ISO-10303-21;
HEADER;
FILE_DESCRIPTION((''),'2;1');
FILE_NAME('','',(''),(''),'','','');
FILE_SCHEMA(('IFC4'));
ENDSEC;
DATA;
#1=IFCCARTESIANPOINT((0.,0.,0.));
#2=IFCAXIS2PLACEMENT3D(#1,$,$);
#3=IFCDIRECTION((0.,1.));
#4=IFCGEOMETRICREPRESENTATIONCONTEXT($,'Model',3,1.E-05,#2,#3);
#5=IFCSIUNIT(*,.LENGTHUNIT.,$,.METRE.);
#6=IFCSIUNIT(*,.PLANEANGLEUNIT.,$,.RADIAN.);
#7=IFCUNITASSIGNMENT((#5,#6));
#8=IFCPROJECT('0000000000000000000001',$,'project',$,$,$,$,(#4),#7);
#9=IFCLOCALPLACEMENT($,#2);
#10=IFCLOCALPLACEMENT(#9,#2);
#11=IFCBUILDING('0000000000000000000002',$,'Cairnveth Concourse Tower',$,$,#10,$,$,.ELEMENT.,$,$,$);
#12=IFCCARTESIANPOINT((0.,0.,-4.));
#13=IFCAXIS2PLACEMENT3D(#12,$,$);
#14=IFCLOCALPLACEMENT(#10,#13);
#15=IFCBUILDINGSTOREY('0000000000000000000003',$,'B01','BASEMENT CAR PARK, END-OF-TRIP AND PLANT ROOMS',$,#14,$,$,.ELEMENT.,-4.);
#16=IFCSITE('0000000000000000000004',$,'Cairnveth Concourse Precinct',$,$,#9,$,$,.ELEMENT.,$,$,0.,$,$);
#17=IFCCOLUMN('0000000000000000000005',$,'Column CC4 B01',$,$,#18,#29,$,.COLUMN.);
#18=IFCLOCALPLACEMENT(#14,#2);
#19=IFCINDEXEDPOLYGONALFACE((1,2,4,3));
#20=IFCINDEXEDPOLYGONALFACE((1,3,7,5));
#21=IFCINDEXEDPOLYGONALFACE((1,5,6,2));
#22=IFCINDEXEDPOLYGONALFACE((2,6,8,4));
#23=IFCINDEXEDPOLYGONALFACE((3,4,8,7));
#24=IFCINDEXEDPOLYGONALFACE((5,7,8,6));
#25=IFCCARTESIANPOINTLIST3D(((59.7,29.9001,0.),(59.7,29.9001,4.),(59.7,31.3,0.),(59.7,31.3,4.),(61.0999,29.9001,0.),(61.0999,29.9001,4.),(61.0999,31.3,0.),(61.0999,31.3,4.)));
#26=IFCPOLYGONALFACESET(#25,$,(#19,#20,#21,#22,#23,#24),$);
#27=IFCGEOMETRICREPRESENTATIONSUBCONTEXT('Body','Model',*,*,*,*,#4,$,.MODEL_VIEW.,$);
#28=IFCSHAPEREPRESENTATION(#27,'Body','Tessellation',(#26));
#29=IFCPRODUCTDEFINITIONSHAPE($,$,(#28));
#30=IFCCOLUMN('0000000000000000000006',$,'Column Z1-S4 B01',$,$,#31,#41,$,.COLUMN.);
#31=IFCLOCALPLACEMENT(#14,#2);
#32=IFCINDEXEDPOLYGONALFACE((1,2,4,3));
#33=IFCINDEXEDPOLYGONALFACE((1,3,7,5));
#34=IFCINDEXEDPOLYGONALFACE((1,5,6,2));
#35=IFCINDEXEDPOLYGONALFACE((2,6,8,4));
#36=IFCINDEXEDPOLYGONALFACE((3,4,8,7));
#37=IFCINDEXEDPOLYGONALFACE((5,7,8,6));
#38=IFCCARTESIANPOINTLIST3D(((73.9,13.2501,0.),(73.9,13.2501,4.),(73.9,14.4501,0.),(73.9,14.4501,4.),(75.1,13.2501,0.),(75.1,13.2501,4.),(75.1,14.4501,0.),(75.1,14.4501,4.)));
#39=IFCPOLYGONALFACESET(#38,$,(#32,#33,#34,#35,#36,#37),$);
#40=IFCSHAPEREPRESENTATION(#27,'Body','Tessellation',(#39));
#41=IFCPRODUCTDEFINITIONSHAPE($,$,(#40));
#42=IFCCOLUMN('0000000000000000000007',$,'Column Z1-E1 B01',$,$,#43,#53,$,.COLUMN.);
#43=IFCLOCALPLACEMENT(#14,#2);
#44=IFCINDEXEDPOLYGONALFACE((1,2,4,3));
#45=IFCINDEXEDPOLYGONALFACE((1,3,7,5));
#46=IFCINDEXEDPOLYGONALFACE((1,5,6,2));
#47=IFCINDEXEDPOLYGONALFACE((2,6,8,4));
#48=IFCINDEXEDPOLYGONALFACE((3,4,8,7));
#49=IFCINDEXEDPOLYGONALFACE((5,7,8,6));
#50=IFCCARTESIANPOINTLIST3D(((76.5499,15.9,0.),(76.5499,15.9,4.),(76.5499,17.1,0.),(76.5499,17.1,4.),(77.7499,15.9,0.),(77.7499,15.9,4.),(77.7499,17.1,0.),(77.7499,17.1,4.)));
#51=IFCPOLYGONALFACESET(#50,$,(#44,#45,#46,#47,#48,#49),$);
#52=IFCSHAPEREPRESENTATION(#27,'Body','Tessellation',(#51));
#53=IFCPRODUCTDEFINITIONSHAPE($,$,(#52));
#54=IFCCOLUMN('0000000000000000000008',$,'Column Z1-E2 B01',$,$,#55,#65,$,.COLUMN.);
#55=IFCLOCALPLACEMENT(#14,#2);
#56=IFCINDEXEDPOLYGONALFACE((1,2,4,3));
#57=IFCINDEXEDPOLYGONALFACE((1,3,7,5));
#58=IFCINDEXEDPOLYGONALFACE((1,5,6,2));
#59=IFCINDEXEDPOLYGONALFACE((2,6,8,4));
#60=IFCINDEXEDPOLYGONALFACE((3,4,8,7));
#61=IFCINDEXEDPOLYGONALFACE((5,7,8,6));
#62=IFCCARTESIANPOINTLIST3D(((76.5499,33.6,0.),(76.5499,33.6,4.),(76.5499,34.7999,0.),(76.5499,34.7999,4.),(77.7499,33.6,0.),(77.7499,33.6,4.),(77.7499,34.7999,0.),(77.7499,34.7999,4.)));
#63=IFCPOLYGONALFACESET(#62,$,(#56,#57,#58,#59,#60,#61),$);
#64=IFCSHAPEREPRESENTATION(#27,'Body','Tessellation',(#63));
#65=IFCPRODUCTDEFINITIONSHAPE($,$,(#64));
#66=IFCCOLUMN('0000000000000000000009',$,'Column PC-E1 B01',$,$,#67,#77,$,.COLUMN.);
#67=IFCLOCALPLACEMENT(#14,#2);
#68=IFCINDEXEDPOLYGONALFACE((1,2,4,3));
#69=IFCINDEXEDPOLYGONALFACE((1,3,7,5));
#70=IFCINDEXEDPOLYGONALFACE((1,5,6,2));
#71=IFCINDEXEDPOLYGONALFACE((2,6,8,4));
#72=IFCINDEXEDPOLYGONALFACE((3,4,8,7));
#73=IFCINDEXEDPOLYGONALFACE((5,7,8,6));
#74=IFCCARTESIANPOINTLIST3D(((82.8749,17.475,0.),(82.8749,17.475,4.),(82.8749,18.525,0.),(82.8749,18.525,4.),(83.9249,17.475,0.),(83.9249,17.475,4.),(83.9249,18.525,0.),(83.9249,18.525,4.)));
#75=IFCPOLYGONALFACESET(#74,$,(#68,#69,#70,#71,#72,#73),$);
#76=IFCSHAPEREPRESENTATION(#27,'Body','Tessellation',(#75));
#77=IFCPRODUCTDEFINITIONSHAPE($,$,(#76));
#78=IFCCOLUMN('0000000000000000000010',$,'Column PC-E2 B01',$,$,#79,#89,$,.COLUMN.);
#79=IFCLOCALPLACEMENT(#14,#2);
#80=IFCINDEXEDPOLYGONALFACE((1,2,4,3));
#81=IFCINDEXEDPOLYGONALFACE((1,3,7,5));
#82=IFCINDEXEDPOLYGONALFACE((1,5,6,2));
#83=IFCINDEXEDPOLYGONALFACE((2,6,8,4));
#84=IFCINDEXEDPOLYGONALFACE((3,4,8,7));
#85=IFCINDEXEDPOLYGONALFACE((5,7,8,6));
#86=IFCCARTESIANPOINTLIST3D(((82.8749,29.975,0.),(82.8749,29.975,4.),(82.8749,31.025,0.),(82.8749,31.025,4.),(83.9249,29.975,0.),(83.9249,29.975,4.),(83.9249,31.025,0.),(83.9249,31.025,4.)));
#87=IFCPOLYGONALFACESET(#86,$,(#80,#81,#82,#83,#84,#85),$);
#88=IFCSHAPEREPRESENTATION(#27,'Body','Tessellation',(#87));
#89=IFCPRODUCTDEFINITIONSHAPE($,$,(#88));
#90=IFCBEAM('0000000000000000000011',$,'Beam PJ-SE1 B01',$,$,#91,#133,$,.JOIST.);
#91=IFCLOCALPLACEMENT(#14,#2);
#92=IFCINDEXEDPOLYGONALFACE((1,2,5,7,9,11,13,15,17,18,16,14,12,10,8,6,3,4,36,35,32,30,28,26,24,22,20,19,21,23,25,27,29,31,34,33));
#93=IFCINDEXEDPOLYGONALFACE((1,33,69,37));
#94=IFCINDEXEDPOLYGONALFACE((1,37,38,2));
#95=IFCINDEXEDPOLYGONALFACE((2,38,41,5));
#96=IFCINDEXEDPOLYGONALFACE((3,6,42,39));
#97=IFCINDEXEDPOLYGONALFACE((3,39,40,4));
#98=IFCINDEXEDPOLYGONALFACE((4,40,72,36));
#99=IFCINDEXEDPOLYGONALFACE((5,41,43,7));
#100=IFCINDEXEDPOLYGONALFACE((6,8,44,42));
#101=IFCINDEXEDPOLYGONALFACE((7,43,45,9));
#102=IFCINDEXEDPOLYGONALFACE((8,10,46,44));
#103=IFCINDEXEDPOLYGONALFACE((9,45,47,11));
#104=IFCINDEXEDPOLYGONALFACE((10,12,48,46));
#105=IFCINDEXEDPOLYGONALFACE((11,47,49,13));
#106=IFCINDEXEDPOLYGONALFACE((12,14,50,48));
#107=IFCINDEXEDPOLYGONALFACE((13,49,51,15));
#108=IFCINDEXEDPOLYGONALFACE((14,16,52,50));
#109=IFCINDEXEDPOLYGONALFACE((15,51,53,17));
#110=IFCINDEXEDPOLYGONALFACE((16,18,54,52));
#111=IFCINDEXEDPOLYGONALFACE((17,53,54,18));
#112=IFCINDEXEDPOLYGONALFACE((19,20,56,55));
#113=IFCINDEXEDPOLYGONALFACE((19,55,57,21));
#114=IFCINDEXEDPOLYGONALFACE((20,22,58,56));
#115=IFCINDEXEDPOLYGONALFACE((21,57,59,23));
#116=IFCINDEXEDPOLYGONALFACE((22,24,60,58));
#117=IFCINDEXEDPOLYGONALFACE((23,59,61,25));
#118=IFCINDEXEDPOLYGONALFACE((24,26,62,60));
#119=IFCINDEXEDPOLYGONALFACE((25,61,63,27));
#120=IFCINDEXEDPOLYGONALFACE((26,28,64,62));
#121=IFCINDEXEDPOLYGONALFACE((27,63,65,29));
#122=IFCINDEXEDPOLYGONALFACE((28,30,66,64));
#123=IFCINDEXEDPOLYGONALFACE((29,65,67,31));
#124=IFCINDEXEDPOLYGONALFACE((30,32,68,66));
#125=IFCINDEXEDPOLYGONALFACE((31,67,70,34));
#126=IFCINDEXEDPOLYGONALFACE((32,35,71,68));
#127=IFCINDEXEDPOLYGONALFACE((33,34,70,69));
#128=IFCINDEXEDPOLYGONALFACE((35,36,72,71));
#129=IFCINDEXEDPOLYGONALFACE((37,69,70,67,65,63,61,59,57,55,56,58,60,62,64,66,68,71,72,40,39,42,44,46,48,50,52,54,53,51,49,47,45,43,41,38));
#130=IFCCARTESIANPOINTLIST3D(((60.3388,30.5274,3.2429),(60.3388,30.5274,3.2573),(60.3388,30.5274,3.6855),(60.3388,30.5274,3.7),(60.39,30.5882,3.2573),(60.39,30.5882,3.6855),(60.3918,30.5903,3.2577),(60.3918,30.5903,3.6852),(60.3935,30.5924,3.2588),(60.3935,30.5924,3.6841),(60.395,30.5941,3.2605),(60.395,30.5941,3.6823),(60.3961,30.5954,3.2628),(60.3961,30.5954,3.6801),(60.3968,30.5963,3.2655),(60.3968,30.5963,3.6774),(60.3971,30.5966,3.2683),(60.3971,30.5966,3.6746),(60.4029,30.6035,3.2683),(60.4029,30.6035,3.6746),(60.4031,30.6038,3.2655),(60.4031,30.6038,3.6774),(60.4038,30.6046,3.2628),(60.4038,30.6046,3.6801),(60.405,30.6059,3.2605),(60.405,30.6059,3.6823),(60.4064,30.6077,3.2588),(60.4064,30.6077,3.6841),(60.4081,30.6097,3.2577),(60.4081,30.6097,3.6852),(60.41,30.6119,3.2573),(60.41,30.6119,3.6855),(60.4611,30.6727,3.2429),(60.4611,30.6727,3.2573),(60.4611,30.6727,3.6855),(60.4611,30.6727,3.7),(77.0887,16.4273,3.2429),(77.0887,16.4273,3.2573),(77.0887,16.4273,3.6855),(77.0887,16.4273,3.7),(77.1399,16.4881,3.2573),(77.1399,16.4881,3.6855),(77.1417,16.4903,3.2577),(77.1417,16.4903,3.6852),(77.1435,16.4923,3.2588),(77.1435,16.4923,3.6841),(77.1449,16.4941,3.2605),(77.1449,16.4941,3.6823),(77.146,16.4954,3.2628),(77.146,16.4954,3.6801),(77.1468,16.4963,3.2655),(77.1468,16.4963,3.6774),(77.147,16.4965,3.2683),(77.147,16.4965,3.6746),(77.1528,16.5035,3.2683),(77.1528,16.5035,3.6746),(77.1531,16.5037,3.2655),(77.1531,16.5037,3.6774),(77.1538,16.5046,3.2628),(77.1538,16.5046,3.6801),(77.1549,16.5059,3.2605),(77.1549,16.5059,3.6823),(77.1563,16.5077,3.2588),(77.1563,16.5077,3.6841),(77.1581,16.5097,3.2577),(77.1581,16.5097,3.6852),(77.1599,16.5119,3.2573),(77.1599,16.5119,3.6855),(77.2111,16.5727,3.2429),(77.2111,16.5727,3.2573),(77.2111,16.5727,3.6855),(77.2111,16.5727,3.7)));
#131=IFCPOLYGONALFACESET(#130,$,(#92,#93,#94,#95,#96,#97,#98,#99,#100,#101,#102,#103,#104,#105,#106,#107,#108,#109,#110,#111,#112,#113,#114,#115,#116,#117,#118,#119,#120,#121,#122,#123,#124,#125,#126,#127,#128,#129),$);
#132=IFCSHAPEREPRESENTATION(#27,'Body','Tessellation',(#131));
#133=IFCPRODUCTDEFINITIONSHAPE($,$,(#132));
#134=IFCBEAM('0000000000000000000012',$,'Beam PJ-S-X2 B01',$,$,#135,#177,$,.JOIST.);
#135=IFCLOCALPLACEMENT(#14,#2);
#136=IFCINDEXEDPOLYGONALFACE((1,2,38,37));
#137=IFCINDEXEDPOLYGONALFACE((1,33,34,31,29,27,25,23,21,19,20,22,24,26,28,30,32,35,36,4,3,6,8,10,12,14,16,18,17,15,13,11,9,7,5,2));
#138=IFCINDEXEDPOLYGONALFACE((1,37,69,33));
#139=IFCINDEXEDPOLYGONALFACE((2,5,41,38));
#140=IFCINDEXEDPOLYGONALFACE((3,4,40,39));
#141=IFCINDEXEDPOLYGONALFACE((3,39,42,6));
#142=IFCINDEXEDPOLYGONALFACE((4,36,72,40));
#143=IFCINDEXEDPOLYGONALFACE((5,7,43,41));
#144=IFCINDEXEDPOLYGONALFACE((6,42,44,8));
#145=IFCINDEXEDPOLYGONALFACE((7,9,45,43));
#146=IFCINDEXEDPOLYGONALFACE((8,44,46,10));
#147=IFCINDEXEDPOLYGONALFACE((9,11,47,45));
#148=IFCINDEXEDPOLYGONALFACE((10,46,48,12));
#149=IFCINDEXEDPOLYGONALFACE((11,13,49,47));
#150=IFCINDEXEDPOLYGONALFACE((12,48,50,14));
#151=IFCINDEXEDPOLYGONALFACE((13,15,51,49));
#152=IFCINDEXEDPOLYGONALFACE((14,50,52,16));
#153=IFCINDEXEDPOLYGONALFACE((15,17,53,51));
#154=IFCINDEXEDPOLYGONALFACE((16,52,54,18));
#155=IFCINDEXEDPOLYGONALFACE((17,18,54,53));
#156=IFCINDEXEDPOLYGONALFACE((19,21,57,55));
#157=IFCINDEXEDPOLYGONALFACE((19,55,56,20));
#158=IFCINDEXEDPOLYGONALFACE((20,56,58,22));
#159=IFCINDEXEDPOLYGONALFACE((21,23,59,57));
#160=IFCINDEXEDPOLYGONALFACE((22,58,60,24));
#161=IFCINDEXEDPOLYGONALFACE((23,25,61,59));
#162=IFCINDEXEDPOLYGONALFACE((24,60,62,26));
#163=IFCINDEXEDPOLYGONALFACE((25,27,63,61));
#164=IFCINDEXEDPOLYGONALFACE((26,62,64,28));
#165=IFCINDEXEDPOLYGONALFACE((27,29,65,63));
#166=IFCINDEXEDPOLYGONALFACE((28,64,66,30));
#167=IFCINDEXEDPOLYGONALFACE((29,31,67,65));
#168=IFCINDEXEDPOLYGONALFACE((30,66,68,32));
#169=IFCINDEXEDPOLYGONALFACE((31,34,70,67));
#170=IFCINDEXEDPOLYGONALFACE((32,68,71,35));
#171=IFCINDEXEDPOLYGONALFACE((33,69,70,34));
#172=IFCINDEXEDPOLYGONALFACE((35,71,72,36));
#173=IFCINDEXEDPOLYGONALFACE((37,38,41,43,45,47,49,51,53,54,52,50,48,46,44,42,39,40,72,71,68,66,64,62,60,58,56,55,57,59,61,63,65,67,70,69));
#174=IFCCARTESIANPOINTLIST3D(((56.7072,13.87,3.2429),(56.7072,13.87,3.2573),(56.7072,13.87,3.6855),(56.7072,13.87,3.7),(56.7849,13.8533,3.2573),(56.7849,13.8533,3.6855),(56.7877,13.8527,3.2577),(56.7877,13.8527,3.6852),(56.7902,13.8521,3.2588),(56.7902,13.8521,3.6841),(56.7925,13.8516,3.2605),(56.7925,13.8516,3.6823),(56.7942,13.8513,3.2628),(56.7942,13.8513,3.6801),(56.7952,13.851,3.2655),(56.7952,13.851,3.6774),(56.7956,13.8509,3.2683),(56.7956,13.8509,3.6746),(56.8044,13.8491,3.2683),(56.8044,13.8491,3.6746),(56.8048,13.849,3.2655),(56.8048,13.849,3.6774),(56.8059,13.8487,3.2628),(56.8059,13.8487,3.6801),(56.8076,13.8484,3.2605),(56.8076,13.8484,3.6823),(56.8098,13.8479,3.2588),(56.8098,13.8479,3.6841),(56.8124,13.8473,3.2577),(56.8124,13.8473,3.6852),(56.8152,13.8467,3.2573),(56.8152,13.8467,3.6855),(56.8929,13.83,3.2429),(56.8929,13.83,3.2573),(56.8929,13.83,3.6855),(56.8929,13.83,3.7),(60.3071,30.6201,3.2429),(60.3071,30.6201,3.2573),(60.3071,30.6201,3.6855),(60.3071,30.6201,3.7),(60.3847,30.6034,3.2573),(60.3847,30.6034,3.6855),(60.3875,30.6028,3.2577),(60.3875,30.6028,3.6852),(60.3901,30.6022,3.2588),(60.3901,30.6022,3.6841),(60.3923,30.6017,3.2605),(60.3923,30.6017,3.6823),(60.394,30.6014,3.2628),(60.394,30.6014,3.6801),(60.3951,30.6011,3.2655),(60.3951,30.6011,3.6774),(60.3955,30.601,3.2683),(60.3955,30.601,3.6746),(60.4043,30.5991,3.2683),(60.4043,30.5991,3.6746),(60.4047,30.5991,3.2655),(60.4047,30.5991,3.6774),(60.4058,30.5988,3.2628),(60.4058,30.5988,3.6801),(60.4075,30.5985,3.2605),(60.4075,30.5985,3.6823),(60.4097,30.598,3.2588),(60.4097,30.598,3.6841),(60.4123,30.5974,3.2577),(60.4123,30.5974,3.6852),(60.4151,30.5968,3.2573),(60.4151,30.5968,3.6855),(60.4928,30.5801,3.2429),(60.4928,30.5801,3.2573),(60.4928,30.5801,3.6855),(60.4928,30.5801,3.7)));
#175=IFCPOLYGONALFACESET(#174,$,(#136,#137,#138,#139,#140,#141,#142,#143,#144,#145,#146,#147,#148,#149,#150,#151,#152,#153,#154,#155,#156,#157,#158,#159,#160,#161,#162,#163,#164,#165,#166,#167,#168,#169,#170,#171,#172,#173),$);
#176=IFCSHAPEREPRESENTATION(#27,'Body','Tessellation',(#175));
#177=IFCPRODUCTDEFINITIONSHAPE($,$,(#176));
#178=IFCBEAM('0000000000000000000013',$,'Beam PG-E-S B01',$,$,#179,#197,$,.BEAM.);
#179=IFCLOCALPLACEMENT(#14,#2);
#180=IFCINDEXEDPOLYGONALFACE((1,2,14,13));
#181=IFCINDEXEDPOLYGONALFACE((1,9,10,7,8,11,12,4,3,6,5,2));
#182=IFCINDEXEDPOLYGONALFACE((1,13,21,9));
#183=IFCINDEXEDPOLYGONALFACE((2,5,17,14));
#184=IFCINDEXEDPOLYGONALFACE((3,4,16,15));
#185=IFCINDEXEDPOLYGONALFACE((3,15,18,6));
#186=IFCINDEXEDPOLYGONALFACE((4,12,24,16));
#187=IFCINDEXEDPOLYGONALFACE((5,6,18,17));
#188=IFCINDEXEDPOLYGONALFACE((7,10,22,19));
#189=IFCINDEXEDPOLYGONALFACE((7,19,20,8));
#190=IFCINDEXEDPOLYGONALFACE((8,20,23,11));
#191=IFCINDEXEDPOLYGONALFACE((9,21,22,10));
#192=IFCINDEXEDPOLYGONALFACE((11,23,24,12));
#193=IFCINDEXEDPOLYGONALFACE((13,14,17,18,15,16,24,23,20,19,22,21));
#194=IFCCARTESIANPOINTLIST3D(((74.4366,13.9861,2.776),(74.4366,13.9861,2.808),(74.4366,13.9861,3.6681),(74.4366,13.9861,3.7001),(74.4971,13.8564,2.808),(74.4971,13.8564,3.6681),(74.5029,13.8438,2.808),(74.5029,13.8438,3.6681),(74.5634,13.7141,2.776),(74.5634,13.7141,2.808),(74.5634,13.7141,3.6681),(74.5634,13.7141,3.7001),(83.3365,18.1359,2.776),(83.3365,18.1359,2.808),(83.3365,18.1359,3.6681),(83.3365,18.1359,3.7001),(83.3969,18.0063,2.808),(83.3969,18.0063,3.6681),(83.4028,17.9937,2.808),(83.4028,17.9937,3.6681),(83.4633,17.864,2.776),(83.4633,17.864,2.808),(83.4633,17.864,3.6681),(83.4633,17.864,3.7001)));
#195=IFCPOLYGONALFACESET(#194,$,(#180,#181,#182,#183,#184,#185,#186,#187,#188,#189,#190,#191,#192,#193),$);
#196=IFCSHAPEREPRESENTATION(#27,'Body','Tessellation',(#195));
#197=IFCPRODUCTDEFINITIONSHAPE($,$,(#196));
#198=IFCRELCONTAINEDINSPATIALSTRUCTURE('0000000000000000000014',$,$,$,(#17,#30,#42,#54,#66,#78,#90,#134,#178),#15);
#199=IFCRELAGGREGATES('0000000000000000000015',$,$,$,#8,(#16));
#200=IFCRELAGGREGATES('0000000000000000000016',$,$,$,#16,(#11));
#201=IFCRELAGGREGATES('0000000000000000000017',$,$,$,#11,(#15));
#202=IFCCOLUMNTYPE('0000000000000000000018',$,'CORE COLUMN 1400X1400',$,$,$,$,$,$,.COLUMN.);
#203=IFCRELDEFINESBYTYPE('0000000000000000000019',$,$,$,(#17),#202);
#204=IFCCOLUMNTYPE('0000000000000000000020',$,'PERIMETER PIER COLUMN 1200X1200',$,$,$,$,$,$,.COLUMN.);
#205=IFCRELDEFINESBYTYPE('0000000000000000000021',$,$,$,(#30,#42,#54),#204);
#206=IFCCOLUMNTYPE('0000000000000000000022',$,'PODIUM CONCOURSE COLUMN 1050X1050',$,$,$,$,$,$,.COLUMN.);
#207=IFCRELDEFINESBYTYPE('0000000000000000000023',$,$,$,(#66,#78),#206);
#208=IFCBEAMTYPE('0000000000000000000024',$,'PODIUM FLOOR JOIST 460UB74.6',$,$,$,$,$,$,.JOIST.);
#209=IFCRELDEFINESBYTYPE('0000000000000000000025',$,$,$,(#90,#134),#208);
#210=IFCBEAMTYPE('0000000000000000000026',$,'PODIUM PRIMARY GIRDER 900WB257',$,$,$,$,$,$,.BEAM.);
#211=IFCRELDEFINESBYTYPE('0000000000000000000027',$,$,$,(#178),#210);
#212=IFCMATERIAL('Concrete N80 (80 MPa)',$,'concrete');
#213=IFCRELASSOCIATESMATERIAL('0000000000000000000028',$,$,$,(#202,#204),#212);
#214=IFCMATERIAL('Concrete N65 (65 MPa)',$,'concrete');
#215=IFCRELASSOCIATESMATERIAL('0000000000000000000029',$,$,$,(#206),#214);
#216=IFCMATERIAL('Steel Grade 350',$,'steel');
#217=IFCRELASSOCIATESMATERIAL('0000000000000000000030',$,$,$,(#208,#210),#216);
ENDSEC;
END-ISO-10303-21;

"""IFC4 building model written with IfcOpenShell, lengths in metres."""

from ifc_helpers import new_model, si_unit, direction, frame, origin, origin_2d, place, context, subcontext, project, spatial, rectangle, i_section, extrude, material, material_profile, profile_set, type_object, element, save


model = new_model("IFC4")

# Units and contexts
model_context = context("Model", 3, precision=1e-05, world=origin(), true_north=direction((0.0, 1.0)))
body_context = subcontext(model_context, "Body", "Model", "MODEL_VIEW")
ifc_project = project(units=[si_unit("LENGTHUNIT", "METRE"), si_unit("PLANEANGLEUNIT", "RADIAN")], contexts=[model_context])

# Site, building, storey
site_placement = place(None, origin())
site = spatial("IfcSite", under=ifc_project, at=site_placement, Name="Cairnveth Concourse Precinct", CompositionType="ELEMENT", RefElevation=0.0)
building_placement = place(site_placement, origin())
building = spatial("IfcBuilding", under=site, at=building_placement, Name="Cairnveth Concourse Tower", CompositionType="ELEMENT")
storey_placement = place(building_placement, frame((0.0, 0.0, -4.0)))
storey = spatial("IfcBuildingStorey", under=building, at=storey_placement, Name="B01", Description="BASEMENT CAR PARK, END-OF-TRIP AND PLANT ROOMS", CompositionType="ELEMENT", Elevation=-4.0)

# Columns
ifc_material_1 = material(Name="Concrete N80 (80 MPa)", Category="concrete")
ifc_material_profile_1 = material_profile(ifc_material_1, rectangle(XDim=1.3999, YDim=1.3999, at=origin_2d()), Name="RC-COL-1400x1400")
ifc_profile_set_1 = profile_set([ifc_material_profile_1], Name="Concrete N80 (80 MPa)")
column_type_1 = type_object("IfcColumnType", Name="CORE COLUMN 1400X1400", PredefinedType="COLUMN", material=ifc_profile_set_1)
column_placement = place(storey_placement, frame((60.3999, 30.6001, 0.0), z_axis=(0.0, 0.0, 1.0), x_axis=(1.0, 0.0, 0.0)))
element("IfcColumn", 1, at=column_placement, inside=storey, type_object=column_type_1, Name="Column CC4 B01", PredefinedType="COLUMN", context=body_context, shape_type="SweptSolid", body=[
    extrude(rectangle(XDim=1.3999, YDim=1.3999, at=origin_2d()), origin(), (0.0, 0.0, 1.0), 4.0),
])
ifc_material_profile_2 = material_profile(ifc_material_1, rectangle(XDim=1.2, YDim=1.2, at=origin_2d()), Name="RC-COL-1200x1200")
ifc_profile_set_2 = profile_set([ifc_material_profile_2], Name="Concrete N80 (80 MPa)")
column_type_2 = type_object("IfcColumnType", Name="PERIMETER PIER COLUMN 1200X1200", PredefinedType="COLUMN", material=ifc_profile_set_2)
for number, where, z_axis, x_axis, name in (
    (2, (74.5, 13.8501, 0.0), (0.0, 0.0, 1.0), (1.0, 0.0, 0.0), "Column Z1-S4 B01"),
    (3, (77.1499, 16.5, 0.0), (0.0, 0.0, 1.0), (1.0, 0.0, 0.0), "Column Z1-E1 B01"),
    (4, (77.1499, 34.2, 0.0), (0.0, 0.0, 1.0), (1.0, 0.0, 0.0), "Column Z1-E2 B01"),
):
    element("IfcColumn", number, at=place(storey_placement, frame(where, z_axis=z_axis, x_axis=x_axis)), inside=storey, type_object=column_type_2, Name=name, PredefinedType="COLUMN", context=body_context, shape_type="SweptSolid", body=[
        extrude(rectangle(XDim=1.2, YDim=1.2, at=origin_2d()), origin(), (0.0, 0.0, 1.0), 4.0),
    ])
ifc_material_2 = material(Name="Concrete N65 (65 MPa)", Category="concrete")
ifc_material_profile_3 = material_profile(ifc_material_2, rectangle(XDim=1.05, YDim=1.05, at=origin_2d()), Name="RC-COL-1050x1050")
ifc_profile_set_3 = profile_set([ifc_material_profile_3], Name="Concrete N65 (65 MPa)")
column_type_3 = type_object("IfcColumnType", Name="PODIUM CONCOURSE COLUMN 1050X1050", PredefinedType="COLUMN", material=ifc_profile_set_3)
for number, where, z_axis, x_axis, name in (
    (5, (83.3999, 18.0, 0.0), (0.0, 0.0, 1.0), (1.0, 0.0, 0.0), "Column PC-E1 B01"),
    (6, (83.3999, 30.5, 0.0), (0.0, 0.0, 1.0), (1.0, 0.0, 0.0), "Column PC-E2 B01"),
):
    element("IfcColumn", number, at=place(storey_placement, frame(where, z_axis=z_axis, x_axis=x_axis)), inside=storey, type_object=column_type_3, Name=name, PredefinedType="COLUMN", context=body_context, shape_type="SweptSolid", body=[
        extrude(rectangle(XDim=1.05, YDim=1.05, at=origin_2d()), origin(), (0.0, 0.0, 1.0), 4.0),
    ])

# Beams
ifc_material_3 = material(Name="Steel Grade 350", Category="steel")
ifc_material_profile_4 = material_profile(ifc_material_3, i_section(OverallWidth=0.1899, OverallDepth=0.457, WebThickness=0.009, FlangeThickness=0.0144, FilletRadius=0.011, at=origin_2d()), Name="460UB74.6")
ifc_profile_set_4 = profile_set([ifc_material_profile_4], Name="Steel Grade 350")
beam_type_1 = type_object("IfcBeamType", Name="PODIUM FLOOR JOIST 460UB74.6", PredefinedType="JOIST", material=ifc_profile_set_4)
beam_1_placement = place(storey_placement, frame((77.1499, 16.5, 3.4714), z_axis=(-0.765027, 0.643998, 0.0), x_axis=(-0.643998, -0.765027, 0.0)))
element("IfcBeam", 7, at=beam_1_placement, inside=storey, type_object=beam_type_1, Name="Beam PJ-SE1 B01", PredefinedType="JOIST", context=body_context, shape_type="SweptSolid", body=[
    extrude(i_section(OverallWidth=0.1899, OverallDepth=0.457, WebThickness=0.009, FlangeThickness=0.0144, FilletRadius=0.011, at=origin_2d()), origin(), (0.0, 0.0, 1.0), 21.8945),
])
beam_2_placement = place(storey_placement, frame((60.3999, 30.6001, 3.4714), z_axis=(-0.210119, -0.977676, 0.0), x_axis=(0.977676, -0.210119, 0.0)))
element("IfcBeam", 8, at=beam_2_placement, inside=storey, type_object=beam_type_1, Name="Beam PJ-S-X2 B01", PredefinedType="JOIST", context=body_context, shape_type="SweptSolid", body=[
    extrude(i_section(OverallWidth=0.1899, OverallDepth=0.457, WebThickness=0.009, FlangeThickness=0.0144, FilletRadius=0.011, at=origin_2d()), origin(), (0.0, 0.0, 1.0), 17.1326),
])
ifc_material_profile_5 = material_profile(ifc_material_3, i_section(OverallWidth=0.3, OverallDepth=0.9241, WebThickness=0.0139, FlangeThickness=0.032, at=origin_2d()), Name="900WB257")
ifc_profile_set_5 = profile_set([ifc_material_profile_5], Name="Steel Grade 350")
beam_type_2 = type_object("IfcBeamType", Name="PODIUM PRIMARY GIRDER 900WB257", PredefinedType="BEAM", material=ifc_profile_set_5)
beam_3_placement = place(storey_placement, frame((74.5, 13.8501, 3.238), z_axis=(0.906315, 0.422602, 0.0), x_axis=(-0.422602, 0.906315, 0.0)))
element("IfcBeam", 9, at=beam_3_placement, inside=storey, type_object=beam_type_2, Name="Beam PG-E-S B01", PredefinedType="BEAM", context=body_context, shape_type="SweptSolid", body=[
    extrude(i_section(OverallWidth=0.3, OverallDepth=0.9241, WebThickness=0.0139, FlangeThickness=0.032, at=origin_2d()), origin(), (0.0, 0.0, 1.0), 9.8198),
])

save(model, "model.ifc")
